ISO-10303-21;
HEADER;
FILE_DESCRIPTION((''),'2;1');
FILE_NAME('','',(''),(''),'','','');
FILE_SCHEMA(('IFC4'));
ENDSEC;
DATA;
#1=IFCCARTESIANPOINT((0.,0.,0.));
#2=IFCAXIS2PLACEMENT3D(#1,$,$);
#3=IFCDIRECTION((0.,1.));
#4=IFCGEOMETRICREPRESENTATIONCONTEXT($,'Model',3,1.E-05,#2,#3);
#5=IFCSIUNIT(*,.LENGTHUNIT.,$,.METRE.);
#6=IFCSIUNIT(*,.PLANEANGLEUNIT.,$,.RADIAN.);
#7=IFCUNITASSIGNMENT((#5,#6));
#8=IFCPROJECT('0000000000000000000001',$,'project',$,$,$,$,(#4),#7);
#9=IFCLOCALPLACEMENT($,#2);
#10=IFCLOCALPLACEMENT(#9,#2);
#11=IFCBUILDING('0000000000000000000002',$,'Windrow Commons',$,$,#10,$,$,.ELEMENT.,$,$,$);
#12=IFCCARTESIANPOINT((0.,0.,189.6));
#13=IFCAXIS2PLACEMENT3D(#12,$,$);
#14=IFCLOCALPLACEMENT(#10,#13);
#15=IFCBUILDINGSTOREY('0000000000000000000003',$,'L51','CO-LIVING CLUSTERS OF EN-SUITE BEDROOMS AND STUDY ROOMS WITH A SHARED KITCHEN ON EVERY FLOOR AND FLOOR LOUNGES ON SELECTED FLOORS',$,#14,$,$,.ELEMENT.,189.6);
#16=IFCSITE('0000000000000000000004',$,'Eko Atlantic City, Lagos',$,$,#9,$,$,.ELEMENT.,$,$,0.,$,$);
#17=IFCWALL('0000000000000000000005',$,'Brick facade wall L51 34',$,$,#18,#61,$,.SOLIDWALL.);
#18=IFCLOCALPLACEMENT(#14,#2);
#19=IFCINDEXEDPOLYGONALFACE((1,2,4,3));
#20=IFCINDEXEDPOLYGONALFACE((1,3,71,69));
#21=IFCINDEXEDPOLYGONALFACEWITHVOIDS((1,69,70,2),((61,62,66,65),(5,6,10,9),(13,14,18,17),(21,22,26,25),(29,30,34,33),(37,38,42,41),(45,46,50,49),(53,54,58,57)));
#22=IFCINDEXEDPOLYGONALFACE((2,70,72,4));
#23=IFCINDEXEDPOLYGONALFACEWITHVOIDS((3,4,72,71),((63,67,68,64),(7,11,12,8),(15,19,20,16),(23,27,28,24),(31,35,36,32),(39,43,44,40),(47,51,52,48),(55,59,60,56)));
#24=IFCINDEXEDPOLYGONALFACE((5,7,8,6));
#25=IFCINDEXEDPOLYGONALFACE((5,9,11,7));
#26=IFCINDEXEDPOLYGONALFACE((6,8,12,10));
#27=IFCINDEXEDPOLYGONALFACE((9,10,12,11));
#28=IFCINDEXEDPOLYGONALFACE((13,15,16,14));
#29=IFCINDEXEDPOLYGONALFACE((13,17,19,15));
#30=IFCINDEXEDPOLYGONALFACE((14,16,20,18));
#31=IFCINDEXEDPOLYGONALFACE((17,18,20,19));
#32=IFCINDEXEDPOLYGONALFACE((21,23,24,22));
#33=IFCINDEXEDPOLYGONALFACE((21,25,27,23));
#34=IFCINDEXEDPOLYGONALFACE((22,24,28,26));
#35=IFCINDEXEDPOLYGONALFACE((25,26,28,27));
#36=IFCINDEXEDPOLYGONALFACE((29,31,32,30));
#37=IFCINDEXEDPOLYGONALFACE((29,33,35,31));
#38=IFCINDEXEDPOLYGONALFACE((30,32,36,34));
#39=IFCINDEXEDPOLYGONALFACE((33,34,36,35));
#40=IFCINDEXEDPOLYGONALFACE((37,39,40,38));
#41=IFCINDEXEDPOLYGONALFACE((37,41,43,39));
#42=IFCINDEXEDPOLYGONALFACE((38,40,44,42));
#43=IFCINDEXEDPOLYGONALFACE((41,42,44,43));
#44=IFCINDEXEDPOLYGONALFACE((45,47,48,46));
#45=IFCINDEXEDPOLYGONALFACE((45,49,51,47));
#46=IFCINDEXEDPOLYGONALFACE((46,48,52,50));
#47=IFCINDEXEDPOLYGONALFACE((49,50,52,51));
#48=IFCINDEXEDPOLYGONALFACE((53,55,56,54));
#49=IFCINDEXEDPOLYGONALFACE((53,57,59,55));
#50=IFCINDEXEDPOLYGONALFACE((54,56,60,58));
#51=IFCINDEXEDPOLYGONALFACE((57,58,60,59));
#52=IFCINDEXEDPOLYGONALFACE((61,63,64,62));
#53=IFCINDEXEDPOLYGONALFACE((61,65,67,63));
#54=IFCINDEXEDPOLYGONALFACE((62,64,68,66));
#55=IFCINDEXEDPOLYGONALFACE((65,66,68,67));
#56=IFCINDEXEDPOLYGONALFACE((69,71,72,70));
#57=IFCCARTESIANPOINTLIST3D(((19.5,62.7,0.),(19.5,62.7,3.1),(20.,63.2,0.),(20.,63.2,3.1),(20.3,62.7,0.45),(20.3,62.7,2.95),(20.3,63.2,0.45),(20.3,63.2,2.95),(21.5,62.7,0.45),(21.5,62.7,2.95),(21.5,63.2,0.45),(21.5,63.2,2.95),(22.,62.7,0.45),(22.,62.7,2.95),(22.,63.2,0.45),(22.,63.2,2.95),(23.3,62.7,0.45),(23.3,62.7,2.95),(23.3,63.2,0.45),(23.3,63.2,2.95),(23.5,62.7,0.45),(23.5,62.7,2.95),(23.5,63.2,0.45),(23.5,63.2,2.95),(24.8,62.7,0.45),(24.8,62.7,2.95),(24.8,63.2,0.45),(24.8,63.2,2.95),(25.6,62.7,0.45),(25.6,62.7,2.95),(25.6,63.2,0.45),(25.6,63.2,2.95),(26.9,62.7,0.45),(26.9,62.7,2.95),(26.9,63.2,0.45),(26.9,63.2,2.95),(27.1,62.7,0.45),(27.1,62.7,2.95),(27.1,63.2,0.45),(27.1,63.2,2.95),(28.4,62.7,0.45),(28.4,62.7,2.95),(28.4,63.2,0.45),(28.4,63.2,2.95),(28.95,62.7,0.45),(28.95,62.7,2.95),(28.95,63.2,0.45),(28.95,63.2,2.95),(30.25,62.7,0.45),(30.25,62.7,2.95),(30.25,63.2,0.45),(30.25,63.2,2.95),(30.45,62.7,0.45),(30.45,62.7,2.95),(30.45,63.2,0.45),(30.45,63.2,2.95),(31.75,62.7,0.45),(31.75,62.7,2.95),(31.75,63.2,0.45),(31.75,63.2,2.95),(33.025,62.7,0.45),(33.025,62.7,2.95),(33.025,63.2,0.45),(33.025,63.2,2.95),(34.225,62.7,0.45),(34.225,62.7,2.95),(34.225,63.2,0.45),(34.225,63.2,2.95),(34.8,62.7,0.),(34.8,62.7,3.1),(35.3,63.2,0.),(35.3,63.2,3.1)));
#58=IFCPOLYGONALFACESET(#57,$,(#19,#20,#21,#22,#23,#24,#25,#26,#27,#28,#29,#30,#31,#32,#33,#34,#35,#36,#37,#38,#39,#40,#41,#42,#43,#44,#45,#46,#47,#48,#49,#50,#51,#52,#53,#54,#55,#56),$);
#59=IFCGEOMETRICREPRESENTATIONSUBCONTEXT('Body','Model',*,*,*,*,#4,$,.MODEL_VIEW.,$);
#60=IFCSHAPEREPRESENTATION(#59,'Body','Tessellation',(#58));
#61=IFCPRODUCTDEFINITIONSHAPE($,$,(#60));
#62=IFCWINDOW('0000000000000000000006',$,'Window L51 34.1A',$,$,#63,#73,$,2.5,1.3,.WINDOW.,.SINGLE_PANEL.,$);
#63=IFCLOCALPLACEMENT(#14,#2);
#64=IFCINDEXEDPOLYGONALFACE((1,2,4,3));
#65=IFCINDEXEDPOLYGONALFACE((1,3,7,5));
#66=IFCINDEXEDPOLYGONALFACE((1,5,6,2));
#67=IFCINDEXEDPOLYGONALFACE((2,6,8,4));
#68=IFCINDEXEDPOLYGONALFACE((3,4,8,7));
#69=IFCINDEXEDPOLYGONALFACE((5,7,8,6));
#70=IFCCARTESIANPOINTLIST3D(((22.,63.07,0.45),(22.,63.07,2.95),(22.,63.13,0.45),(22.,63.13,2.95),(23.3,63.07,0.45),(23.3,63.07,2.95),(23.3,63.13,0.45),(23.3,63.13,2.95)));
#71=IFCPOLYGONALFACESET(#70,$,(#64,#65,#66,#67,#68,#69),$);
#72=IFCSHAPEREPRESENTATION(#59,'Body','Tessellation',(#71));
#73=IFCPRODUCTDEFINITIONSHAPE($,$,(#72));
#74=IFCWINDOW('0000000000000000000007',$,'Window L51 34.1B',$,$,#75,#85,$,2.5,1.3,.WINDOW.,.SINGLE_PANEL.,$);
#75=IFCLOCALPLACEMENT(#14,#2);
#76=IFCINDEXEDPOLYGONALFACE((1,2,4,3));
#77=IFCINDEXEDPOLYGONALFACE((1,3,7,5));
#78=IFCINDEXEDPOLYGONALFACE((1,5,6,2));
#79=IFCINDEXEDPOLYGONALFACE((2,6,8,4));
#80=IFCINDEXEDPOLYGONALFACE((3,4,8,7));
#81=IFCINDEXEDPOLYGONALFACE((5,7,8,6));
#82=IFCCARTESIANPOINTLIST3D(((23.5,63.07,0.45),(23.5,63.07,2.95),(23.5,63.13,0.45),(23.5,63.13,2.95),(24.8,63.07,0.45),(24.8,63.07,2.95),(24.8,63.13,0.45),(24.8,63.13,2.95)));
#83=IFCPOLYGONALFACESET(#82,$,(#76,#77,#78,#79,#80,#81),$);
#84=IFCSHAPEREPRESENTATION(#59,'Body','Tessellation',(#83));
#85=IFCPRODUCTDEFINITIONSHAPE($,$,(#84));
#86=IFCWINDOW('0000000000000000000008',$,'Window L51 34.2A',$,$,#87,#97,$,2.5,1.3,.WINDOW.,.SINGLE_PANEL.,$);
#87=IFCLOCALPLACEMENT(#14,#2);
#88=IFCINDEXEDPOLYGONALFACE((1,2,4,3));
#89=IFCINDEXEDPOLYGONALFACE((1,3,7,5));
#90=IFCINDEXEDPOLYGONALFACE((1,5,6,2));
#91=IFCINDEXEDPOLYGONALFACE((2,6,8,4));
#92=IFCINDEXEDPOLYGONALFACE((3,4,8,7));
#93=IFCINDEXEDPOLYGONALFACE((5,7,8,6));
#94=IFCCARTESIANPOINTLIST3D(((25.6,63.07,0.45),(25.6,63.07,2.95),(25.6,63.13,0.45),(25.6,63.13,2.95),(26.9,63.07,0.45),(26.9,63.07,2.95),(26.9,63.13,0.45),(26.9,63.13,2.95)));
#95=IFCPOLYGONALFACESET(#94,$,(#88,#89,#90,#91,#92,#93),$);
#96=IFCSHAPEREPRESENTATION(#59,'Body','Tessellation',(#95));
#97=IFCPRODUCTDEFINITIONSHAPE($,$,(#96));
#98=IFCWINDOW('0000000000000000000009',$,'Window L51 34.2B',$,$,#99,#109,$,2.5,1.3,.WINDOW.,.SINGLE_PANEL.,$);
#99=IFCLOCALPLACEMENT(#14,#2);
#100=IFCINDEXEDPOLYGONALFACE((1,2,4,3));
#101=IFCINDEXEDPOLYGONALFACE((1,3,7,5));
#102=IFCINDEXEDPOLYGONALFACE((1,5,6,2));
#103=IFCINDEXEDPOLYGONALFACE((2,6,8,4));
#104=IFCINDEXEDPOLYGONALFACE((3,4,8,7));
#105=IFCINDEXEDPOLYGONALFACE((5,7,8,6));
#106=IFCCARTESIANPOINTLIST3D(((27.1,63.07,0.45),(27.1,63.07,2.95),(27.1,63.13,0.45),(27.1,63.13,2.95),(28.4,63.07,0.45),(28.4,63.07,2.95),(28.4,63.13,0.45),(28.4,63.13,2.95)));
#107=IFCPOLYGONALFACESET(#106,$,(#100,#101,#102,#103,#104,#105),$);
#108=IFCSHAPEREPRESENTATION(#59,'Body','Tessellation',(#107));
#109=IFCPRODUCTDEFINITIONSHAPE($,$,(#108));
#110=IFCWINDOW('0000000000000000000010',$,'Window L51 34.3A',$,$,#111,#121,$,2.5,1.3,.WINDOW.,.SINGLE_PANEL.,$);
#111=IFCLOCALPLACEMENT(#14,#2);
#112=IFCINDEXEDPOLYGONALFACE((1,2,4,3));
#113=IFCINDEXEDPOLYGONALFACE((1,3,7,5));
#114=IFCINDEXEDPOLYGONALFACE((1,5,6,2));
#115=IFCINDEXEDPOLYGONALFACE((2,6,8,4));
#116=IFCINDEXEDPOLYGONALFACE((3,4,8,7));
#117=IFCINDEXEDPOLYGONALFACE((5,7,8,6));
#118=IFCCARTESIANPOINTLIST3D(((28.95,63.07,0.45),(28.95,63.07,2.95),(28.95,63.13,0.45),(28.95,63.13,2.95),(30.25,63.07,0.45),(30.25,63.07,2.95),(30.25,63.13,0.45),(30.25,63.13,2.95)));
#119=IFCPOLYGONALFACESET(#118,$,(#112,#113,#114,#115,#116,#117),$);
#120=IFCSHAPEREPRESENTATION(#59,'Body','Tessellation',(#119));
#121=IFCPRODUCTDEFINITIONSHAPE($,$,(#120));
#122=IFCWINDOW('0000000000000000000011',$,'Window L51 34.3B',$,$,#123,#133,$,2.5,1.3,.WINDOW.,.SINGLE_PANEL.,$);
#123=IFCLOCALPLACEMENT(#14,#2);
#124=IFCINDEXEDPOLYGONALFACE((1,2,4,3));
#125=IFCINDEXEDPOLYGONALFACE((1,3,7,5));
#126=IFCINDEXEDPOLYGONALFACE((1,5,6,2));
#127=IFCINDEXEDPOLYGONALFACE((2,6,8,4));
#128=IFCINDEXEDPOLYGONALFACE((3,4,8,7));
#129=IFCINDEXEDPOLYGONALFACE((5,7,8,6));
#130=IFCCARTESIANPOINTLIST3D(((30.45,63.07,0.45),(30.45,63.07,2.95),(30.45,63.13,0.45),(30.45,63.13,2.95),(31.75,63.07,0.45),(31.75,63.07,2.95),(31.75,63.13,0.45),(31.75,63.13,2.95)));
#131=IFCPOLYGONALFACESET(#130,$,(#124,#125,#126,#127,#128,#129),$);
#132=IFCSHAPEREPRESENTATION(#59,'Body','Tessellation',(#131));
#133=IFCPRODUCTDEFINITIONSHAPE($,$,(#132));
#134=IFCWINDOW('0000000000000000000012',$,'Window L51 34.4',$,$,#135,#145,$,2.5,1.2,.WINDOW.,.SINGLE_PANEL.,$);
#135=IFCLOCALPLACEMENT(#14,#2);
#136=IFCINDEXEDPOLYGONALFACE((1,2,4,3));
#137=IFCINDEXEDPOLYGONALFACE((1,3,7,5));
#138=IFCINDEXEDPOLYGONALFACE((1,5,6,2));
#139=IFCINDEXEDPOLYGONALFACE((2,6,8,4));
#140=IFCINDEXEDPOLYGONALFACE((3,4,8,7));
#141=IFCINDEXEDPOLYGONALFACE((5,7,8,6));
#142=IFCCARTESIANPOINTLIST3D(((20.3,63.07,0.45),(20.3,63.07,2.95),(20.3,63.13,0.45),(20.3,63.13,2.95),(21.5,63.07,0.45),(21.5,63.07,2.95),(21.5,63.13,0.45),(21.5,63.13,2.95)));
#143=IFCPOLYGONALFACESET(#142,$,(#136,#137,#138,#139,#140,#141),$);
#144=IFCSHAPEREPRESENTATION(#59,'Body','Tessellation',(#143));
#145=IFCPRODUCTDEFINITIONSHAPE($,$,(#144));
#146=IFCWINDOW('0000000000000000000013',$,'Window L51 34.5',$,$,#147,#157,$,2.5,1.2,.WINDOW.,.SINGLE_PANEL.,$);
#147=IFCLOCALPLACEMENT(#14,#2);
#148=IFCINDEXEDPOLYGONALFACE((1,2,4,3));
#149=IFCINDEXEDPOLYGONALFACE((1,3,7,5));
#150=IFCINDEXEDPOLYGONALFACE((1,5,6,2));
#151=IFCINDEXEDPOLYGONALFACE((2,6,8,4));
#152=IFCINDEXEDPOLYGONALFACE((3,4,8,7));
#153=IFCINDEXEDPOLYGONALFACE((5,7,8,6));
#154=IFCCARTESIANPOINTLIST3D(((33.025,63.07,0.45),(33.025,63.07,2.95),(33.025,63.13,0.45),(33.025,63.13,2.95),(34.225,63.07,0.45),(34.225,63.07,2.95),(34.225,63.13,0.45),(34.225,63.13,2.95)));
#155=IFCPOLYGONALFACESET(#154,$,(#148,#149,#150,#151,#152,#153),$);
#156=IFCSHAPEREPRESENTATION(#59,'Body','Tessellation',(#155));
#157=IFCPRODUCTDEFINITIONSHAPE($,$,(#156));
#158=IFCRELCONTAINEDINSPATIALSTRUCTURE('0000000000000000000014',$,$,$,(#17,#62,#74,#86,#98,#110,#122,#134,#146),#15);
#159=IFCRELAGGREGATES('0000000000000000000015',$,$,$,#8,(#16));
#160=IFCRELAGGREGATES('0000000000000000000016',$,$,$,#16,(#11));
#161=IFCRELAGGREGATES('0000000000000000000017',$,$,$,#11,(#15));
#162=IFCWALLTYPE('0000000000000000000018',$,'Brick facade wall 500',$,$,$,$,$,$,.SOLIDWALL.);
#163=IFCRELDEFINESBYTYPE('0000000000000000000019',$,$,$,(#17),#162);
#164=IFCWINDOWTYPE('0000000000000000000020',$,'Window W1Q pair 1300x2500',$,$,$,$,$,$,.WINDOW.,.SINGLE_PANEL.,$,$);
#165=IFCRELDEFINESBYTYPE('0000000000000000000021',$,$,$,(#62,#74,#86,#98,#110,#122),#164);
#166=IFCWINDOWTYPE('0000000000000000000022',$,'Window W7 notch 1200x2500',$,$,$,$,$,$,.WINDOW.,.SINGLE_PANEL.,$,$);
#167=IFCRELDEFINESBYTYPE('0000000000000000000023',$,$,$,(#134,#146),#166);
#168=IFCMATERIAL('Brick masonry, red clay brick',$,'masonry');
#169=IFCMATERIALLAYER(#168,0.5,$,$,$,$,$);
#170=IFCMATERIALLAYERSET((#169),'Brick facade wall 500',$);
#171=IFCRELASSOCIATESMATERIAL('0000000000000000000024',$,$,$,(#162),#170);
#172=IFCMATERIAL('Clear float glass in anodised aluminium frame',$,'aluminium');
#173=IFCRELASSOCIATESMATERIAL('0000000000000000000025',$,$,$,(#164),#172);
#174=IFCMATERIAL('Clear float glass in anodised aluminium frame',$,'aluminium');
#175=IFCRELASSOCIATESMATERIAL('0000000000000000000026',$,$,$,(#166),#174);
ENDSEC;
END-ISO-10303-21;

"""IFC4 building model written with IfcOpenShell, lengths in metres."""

from ifc_helpers import new_model, si_unit, direction, frame, frame_2d, origin, place, context, subcontext, project, spatial, polyline, rectangle, outline, extrude, material, layer, layer_set, type_object, element, fill, save


model = new_model("IFC4")

# Units and contexts
model_context = context("Model", 3, precision=1e-05, world=origin(), true_north=direction((0.0, 1.0)))
body_context = subcontext(model_context, "Body", "Model", "MODEL_VIEW")
ifc_project = project(units=[si_unit("LENGTHUNIT", "METRE"), si_unit("PLANEANGLEUNIT", "RADIAN")], contexts=[model_context])

# Site, building, storey
site_placement = place(None, origin())
site = spatial("IfcSite", under=ifc_project, at=site_placement, Name="Eko Atlantic City, Lagos", CompositionType="ELEMENT", RefElevation=0.0)
building_placement = place(site_placement, origin())
building = spatial("IfcBuilding", under=site, at=building_placement, Name="Windrow Commons", CompositionType="ELEMENT")
storey_placement = place(building_placement, frame((0.0, 0.0, 189.6)))
storey = spatial("IfcBuildingStorey", under=building, at=storey_placement, Name="L51", Description="CO-LIVING CLUSTERS OF EN-SUITE BEDROOMS AND STUDY ROOMS WITH A SHARED KITCHEN ON EVERY FLOOR AND FLOOR LOUNGES ON SELECTED FLOORS", CompositionType="ELEMENT", Elevation=189.6)

# Wall, openings, windows
ifc_material_1 = material(Name="Brick masonry, red clay brick", Category="masonry")
ifc_layer_1 = layer(ifc_material_1, 0.5)
ifc_layer_set_1 = layer_set([ifc_layer_1], Name="Brick facade wall 500")
wall_type_1 = type_object("IfcWallType", Name="Brick facade wall 500", PredefinedType="SOLIDWALL", material=ifc_layer_set_1)
wall_1_placement = place(storey_placement, frame((19.75, 62.95, 0.0), z_axis=(0.0, 0.0, 1.0), x_axis=(1.0, 0.0, 0.0)))
wall_1 = element("IfcWall", 1, at=wall_1_placement, inside=storey, type_object=wall_type_1, Name="Brick facade wall L51 34", PredefinedType="SOLIDWALL", context=body_context, shape_type="SweptSolid", body=[
    extrude(outline(polyline([(-0.25, -0.25), (15.05, -0.25), (15.55, 0.25), (0.25, 0.25), (-0.25, -0.25)])), origin(), (0.0, 0.0, 1.0), 3.1),
])
opening_1_placement = place(wall_1_placement, frame((2.25, 0.0, 0.45)))
opening_1 = element("IfcOpeningElement", 2, at=opening_1_placement, cuts=wall_1, PredefinedType="OPENING", context=body_context, shape_type="SweptSolid", body=[
    extrude(rectangle(XDim=1.3, YDim=2.5, at=frame_2d((0.65, 1.25))), frame((0.0, 0.26, 0.0), z_axis=(0.0, -1.0, 0.0), x_axis=(1.0, 0.0, 0.0)), (0.0, 0.0, 1.0), 0.52),
])
opening_2_placement = place(wall_1_placement, frame((3.75, 0.0, 0.45)))
opening_2 = element("IfcOpeningElement", 3, at=opening_2_placement, cuts=wall_1, PredefinedType="OPENING", context=body_context, shape_type="SweptSolid", body=[
    extrude(rectangle(XDim=1.3, YDim=2.5, at=frame_2d((0.65, 1.25))), frame((0.0, 0.26, 0.0), z_axis=(0.0, -1.0, 0.0), x_axis=(1.0, 0.0, 0.0)), (0.0, 0.0, 1.0), 0.52),
])
opening_3_placement = place(wall_1_placement, frame((5.85, 0.0, 0.45)))
opening_3 = element("IfcOpeningElement", 4, at=opening_3_placement, cuts=wall_1, PredefinedType="OPENING", context=body_context, shape_type="SweptSolid", body=[
    extrude(rectangle(XDim=1.3, YDim=2.5, at=frame_2d((0.65, 1.25))), frame((0.0, 0.26, 0.0), z_axis=(0.0, -1.0, 0.0), x_axis=(1.0, 0.0, 0.0)), (0.0, 0.0, 1.0), 0.52),
])
opening_4_placement = place(wall_1_placement, frame((7.35, 0.0, 0.45)))
opening_4 = element("IfcOpeningElement", 5, at=opening_4_placement, cuts=wall_1, PredefinedType="OPENING", context=body_context, shape_type="SweptSolid", body=[
    extrude(rectangle(XDim=1.3, YDim=2.5, at=frame_2d((0.65, 1.25))), frame((0.0, 0.26, 0.0), z_axis=(0.0, -1.0, 0.0), x_axis=(1.0, 0.0, 0.0)), (0.0, 0.0, 1.0), 0.52),
])
opening_5_placement = place(wall_1_placement, frame((9.2, 0.0, 0.45)))
opening_5 = element("IfcOpeningElement", 6, at=opening_5_placement, cuts=wall_1, PredefinedType="OPENING", context=body_context, shape_type="SweptSolid", body=[
    extrude(rectangle(XDim=1.3, YDim=2.5, at=frame_2d((0.65, 1.25))), frame((0.0, 0.26, 0.0), z_axis=(0.0, -1.0, 0.0), x_axis=(1.0, 0.0, 0.0)), (0.0, 0.0, 1.0), 0.52),
])
opening_6_placement = place(wall_1_placement, frame((10.7, 0.0, 0.45)))
opening_6 = element("IfcOpeningElement", 7, at=opening_6_placement, cuts=wall_1, PredefinedType="OPENING", context=body_context, shape_type="SweptSolid", body=[
    extrude(rectangle(XDim=1.3, YDim=2.5, at=frame_2d((0.65, 1.25))), frame((0.0, 0.26, 0.0), z_axis=(0.0, -1.0, 0.0), x_axis=(1.0, 0.0, 0.0)), (0.0, 0.0, 1.0), 0.52),
])
opening_7_placement = place(wall_1_placement, frame((0.55, 0.0, 0.45)))
opening_7 = element("IfcOpeningElement", 8, at=opening_7_placement, cuts=wall_1, PredefinedType="OPENING", context=body_context, shape_type="SweptSolid", body=[
    extrude(rectangle(XDim=1.2, YDim=2.5, at=frame_2d((0.6, 1.25))), frame((0.0, 0.26, 0.0), z_axis=(0.0, -1.0, 0.0), x_axis=(1.0, 0.0, 0.0)), (0.0, 0.0, 1.0), 0.52),
])
opening_8_placement = place(wall_1_placement, frame((13.275, 0.0, 0.45)))
opening_8 = element("IfcOpeningElement", 9, at=opening_8_placement, cuts=wall_1, PredefinedType="OPENING", context=body_context, shape_type="SweptSolid", body=[
    extrude(rectangle(XDim=1.2, YDim=2.5, at=frame_2d((0.6, 1.25))), frame((0.0, 0.26, 0.0), z_axis=(0.0, -1.0, 0.0), x_axis=(1.0, 0.0, 0.0)), (0.0, 0.0, 1.0), 0.52),
])
ifc_material_2 = material(Name="Clear float glass in anodised aluminium frame", Category="aluminium")
window_type_1 = type_object("IfcWindowType", Name="Window W1Q pair 1300x2500", PartitioningType="SINGLE_PANEL", PredefinedType="WINDOW", material=ifc_material_2)
window_1_placement = place(opening_1_placement, origin())
window_1 = element("IfcWindow", 10, at=window_1_placement, inside=storey, type_object=window_type_1, Name="Window L51 34.1A", OverallHeight=2.5, OverallWidth=1.3, PartitioningType="SINGLE_PANEL", PredefinedType="WINDOW", context=body_context, shape_type="SweptSolid", body=[
    extrude(rectangle(XDim=1.3, YDim=2.5, at=frame_2d((0.65, 1.25))), frame((0.0, 0.18, 0.0), z_axis=(0.0, -1.0, 0.0), x_axis=(1.0, 0.0, 0.0)), (0.0, 0.0, 1.0), 0.06),
])
fill(opening_1, window_1)
window_2_placement = place(opening_2_placement, origin())
window_2 = element("IfcWindow", 11, at=window_2_placement, inside=storey, type_object=window_type_1, Name="Window L51 34.1B", OverallHeight=2.5, OverallWidth=1.3, PartitioningType="SINGLE_PANEL", PredefinedType="WINDOW", context=body_context, shape_type="SweptSolid", body=[
    extrude(rectangle(XDim=1.3, YDim=2.5, at=frame_2d((0.65, 1.25))), frame((0.0, 0.18, 0.0), z_axis=(0.0, -1.0, 0.0), x_axis=(1.0, 0.0, 0.0)), (0.0, 0.0, 1.0), 0.06),
])
fill(opening_2, window_2)
window_3_placement = place(opening_3_placement, origin())
window_3 = element("IfcWindow", 12, at=window_3_placement, inside=storey, type_object=window_type_1, Name="Window L51 34.2A", OverallHeight=2.5, OverallWidth=1.3, PartitioningType="SINGLE_PANEL", PredefinedType="WINDOW", context=body_context, shape_type="SweptSolid", body=[
    extrude(rectangle(XDim=1.3, YDim=2.5, at=frame_2d((0.65, 1.25))), frame((0.0, 0.18, 0.0), z_axis=(0.0, -1.0, 0.0), x_axis=(1.0, 0.0, 0.0)), (0.0, 0.0, 1.0), 0.06),
])
fill(opening_3, window_3)
window_4_placement = place(opening_4_placement, origin())
window_4 = element("IfcWindow", 13, at=window_4_placement, inside=storey, type_object=window_type_1, Name="Window L51 34.2B", OverallHeight=2.5, OverallWidth=1.3, PartitioningType="SINGLE_PANEL", PredefinedType="WINDOW", context=body_context, shape_type="SweptSolid", body=[
    extrude(rectangle(XDim=1.3, YDim=2.5, at=frame_2d((0.65, 1.25))), frame((0.0, 0.18, 0.0), z_axis=(0.0, -1.0, 0.0), x_axis=(1.0, 0.0, 0.0)), (0.0, 0.0, 1.0), 0.06),
])
fill(opening_4, window_4)
window_5_placement = place(opening_5_placement, origin())
window_5 = element("IfcWindow", 14, at=window_5_placement, inside=storey, type_object=window_type_1, Name="Window L51 34.3A", OverallHeight=2.5, OverallWidth=1.3, PartitioningType="SINGLE_PANEL", PredefinedType="WINDOW", context=body_context, shape_type="SweptSolid", body=[
    extrude(rectangle(XDim=1.3, YDim=2.5, at=frame_2d((0.65, 1.25))), frame((0.0, 0.18, 0.0), z_axis=(0.0, -1.0, 0.0), x_axis=(1.0, 0.0, 0.0)), (0.0, 0.0, 1.0), 0.06),
])
fill(opening_5, window_5)
window_6_placement = place(opening_6_placement, origin())
window_6 = element("IfcWindow", 15, at=window_6_placement, inside=storey, type_object=window_type_1, Name="Window L51 34.3B", OverallHeight=2.5, OverallWidth=1.3, PartitioningType="SINGLE_PANEL", PredefinedType="WINDOW", context=body_context, shape_type="SweptSolid", body=[
    extrude(rectangle(XDim=1.3, YDim=2.5, at=frame_2d((0.65, 1.25))), frame((0.0, 0.18, 0.0), z_axis=(0.0, -1.0, 0.0), x_axis=(1.0, 0.0, 0.0)), (0.0, 0.0, 1.0), 0.06),
])
fill(opening_6, window_6)
ifc_material_3 = material(Name="Clear float glass in anodised aluminium frame", Category="aluminium")
window_type_2 = type_object("IfcWindowType", Name="Window W7 notch 1200x2500", PartitioningType="SINGLE_PANEL", PredefinedType="WINDOW", material=ifc_material_3)
window_7_placement = place(opening_7_placement, origin())
window_7 = element("IfcWindow", 16, at=window_7_placement, inside=storey, type_object=window_type_2, Name="Window L51 34.4", OverallHeight=2.5, OverallWidth=1.2, PartitioningType="SINGLE_PANEL", PredefinedType="WINDOW", context=body_context, shape_type="SweptSolid", body=[
    extrude(rectangle(XDim=1.2, YDim=2.5, at=frame_2d((0.6, 1.25))), frame((0.0, 0.18, 0.0), z_axis=(0.0, -1.0, 0.0), x_axis=(1.0, 0.0, 0.0)), (0.0, 0.0, 1.0), 0.06),
])
fill(opening_7, window_7)
window_8_placement = place(opening_8_placement, origin())
window_8 = element("IfcWindow", 17, at=window_8_placement, inside=storey, type_object=window_type_2, Name="Window L51 34.5", OverallHeight=2.5, OverallWidth=1.2, PartitioningType="SINGLE_PANEL", PredefinedType="WINDOW", context=body_context, shape_type="SweptSolid", body=[
    extrude(rectangle(XDim=1.2, YDim=2.5, at=frame_2d((0.6, 1.25))), frame((0.0, 0.18, 0.0), z_axis=(0.0, -1.0, 0.0), x_axis=(1.0, 0.0, 0.0)), (0.0, 0.0, 1.0), 0.06),
])
fill(opening_8, window_8)

save(model, "model.ifc")
